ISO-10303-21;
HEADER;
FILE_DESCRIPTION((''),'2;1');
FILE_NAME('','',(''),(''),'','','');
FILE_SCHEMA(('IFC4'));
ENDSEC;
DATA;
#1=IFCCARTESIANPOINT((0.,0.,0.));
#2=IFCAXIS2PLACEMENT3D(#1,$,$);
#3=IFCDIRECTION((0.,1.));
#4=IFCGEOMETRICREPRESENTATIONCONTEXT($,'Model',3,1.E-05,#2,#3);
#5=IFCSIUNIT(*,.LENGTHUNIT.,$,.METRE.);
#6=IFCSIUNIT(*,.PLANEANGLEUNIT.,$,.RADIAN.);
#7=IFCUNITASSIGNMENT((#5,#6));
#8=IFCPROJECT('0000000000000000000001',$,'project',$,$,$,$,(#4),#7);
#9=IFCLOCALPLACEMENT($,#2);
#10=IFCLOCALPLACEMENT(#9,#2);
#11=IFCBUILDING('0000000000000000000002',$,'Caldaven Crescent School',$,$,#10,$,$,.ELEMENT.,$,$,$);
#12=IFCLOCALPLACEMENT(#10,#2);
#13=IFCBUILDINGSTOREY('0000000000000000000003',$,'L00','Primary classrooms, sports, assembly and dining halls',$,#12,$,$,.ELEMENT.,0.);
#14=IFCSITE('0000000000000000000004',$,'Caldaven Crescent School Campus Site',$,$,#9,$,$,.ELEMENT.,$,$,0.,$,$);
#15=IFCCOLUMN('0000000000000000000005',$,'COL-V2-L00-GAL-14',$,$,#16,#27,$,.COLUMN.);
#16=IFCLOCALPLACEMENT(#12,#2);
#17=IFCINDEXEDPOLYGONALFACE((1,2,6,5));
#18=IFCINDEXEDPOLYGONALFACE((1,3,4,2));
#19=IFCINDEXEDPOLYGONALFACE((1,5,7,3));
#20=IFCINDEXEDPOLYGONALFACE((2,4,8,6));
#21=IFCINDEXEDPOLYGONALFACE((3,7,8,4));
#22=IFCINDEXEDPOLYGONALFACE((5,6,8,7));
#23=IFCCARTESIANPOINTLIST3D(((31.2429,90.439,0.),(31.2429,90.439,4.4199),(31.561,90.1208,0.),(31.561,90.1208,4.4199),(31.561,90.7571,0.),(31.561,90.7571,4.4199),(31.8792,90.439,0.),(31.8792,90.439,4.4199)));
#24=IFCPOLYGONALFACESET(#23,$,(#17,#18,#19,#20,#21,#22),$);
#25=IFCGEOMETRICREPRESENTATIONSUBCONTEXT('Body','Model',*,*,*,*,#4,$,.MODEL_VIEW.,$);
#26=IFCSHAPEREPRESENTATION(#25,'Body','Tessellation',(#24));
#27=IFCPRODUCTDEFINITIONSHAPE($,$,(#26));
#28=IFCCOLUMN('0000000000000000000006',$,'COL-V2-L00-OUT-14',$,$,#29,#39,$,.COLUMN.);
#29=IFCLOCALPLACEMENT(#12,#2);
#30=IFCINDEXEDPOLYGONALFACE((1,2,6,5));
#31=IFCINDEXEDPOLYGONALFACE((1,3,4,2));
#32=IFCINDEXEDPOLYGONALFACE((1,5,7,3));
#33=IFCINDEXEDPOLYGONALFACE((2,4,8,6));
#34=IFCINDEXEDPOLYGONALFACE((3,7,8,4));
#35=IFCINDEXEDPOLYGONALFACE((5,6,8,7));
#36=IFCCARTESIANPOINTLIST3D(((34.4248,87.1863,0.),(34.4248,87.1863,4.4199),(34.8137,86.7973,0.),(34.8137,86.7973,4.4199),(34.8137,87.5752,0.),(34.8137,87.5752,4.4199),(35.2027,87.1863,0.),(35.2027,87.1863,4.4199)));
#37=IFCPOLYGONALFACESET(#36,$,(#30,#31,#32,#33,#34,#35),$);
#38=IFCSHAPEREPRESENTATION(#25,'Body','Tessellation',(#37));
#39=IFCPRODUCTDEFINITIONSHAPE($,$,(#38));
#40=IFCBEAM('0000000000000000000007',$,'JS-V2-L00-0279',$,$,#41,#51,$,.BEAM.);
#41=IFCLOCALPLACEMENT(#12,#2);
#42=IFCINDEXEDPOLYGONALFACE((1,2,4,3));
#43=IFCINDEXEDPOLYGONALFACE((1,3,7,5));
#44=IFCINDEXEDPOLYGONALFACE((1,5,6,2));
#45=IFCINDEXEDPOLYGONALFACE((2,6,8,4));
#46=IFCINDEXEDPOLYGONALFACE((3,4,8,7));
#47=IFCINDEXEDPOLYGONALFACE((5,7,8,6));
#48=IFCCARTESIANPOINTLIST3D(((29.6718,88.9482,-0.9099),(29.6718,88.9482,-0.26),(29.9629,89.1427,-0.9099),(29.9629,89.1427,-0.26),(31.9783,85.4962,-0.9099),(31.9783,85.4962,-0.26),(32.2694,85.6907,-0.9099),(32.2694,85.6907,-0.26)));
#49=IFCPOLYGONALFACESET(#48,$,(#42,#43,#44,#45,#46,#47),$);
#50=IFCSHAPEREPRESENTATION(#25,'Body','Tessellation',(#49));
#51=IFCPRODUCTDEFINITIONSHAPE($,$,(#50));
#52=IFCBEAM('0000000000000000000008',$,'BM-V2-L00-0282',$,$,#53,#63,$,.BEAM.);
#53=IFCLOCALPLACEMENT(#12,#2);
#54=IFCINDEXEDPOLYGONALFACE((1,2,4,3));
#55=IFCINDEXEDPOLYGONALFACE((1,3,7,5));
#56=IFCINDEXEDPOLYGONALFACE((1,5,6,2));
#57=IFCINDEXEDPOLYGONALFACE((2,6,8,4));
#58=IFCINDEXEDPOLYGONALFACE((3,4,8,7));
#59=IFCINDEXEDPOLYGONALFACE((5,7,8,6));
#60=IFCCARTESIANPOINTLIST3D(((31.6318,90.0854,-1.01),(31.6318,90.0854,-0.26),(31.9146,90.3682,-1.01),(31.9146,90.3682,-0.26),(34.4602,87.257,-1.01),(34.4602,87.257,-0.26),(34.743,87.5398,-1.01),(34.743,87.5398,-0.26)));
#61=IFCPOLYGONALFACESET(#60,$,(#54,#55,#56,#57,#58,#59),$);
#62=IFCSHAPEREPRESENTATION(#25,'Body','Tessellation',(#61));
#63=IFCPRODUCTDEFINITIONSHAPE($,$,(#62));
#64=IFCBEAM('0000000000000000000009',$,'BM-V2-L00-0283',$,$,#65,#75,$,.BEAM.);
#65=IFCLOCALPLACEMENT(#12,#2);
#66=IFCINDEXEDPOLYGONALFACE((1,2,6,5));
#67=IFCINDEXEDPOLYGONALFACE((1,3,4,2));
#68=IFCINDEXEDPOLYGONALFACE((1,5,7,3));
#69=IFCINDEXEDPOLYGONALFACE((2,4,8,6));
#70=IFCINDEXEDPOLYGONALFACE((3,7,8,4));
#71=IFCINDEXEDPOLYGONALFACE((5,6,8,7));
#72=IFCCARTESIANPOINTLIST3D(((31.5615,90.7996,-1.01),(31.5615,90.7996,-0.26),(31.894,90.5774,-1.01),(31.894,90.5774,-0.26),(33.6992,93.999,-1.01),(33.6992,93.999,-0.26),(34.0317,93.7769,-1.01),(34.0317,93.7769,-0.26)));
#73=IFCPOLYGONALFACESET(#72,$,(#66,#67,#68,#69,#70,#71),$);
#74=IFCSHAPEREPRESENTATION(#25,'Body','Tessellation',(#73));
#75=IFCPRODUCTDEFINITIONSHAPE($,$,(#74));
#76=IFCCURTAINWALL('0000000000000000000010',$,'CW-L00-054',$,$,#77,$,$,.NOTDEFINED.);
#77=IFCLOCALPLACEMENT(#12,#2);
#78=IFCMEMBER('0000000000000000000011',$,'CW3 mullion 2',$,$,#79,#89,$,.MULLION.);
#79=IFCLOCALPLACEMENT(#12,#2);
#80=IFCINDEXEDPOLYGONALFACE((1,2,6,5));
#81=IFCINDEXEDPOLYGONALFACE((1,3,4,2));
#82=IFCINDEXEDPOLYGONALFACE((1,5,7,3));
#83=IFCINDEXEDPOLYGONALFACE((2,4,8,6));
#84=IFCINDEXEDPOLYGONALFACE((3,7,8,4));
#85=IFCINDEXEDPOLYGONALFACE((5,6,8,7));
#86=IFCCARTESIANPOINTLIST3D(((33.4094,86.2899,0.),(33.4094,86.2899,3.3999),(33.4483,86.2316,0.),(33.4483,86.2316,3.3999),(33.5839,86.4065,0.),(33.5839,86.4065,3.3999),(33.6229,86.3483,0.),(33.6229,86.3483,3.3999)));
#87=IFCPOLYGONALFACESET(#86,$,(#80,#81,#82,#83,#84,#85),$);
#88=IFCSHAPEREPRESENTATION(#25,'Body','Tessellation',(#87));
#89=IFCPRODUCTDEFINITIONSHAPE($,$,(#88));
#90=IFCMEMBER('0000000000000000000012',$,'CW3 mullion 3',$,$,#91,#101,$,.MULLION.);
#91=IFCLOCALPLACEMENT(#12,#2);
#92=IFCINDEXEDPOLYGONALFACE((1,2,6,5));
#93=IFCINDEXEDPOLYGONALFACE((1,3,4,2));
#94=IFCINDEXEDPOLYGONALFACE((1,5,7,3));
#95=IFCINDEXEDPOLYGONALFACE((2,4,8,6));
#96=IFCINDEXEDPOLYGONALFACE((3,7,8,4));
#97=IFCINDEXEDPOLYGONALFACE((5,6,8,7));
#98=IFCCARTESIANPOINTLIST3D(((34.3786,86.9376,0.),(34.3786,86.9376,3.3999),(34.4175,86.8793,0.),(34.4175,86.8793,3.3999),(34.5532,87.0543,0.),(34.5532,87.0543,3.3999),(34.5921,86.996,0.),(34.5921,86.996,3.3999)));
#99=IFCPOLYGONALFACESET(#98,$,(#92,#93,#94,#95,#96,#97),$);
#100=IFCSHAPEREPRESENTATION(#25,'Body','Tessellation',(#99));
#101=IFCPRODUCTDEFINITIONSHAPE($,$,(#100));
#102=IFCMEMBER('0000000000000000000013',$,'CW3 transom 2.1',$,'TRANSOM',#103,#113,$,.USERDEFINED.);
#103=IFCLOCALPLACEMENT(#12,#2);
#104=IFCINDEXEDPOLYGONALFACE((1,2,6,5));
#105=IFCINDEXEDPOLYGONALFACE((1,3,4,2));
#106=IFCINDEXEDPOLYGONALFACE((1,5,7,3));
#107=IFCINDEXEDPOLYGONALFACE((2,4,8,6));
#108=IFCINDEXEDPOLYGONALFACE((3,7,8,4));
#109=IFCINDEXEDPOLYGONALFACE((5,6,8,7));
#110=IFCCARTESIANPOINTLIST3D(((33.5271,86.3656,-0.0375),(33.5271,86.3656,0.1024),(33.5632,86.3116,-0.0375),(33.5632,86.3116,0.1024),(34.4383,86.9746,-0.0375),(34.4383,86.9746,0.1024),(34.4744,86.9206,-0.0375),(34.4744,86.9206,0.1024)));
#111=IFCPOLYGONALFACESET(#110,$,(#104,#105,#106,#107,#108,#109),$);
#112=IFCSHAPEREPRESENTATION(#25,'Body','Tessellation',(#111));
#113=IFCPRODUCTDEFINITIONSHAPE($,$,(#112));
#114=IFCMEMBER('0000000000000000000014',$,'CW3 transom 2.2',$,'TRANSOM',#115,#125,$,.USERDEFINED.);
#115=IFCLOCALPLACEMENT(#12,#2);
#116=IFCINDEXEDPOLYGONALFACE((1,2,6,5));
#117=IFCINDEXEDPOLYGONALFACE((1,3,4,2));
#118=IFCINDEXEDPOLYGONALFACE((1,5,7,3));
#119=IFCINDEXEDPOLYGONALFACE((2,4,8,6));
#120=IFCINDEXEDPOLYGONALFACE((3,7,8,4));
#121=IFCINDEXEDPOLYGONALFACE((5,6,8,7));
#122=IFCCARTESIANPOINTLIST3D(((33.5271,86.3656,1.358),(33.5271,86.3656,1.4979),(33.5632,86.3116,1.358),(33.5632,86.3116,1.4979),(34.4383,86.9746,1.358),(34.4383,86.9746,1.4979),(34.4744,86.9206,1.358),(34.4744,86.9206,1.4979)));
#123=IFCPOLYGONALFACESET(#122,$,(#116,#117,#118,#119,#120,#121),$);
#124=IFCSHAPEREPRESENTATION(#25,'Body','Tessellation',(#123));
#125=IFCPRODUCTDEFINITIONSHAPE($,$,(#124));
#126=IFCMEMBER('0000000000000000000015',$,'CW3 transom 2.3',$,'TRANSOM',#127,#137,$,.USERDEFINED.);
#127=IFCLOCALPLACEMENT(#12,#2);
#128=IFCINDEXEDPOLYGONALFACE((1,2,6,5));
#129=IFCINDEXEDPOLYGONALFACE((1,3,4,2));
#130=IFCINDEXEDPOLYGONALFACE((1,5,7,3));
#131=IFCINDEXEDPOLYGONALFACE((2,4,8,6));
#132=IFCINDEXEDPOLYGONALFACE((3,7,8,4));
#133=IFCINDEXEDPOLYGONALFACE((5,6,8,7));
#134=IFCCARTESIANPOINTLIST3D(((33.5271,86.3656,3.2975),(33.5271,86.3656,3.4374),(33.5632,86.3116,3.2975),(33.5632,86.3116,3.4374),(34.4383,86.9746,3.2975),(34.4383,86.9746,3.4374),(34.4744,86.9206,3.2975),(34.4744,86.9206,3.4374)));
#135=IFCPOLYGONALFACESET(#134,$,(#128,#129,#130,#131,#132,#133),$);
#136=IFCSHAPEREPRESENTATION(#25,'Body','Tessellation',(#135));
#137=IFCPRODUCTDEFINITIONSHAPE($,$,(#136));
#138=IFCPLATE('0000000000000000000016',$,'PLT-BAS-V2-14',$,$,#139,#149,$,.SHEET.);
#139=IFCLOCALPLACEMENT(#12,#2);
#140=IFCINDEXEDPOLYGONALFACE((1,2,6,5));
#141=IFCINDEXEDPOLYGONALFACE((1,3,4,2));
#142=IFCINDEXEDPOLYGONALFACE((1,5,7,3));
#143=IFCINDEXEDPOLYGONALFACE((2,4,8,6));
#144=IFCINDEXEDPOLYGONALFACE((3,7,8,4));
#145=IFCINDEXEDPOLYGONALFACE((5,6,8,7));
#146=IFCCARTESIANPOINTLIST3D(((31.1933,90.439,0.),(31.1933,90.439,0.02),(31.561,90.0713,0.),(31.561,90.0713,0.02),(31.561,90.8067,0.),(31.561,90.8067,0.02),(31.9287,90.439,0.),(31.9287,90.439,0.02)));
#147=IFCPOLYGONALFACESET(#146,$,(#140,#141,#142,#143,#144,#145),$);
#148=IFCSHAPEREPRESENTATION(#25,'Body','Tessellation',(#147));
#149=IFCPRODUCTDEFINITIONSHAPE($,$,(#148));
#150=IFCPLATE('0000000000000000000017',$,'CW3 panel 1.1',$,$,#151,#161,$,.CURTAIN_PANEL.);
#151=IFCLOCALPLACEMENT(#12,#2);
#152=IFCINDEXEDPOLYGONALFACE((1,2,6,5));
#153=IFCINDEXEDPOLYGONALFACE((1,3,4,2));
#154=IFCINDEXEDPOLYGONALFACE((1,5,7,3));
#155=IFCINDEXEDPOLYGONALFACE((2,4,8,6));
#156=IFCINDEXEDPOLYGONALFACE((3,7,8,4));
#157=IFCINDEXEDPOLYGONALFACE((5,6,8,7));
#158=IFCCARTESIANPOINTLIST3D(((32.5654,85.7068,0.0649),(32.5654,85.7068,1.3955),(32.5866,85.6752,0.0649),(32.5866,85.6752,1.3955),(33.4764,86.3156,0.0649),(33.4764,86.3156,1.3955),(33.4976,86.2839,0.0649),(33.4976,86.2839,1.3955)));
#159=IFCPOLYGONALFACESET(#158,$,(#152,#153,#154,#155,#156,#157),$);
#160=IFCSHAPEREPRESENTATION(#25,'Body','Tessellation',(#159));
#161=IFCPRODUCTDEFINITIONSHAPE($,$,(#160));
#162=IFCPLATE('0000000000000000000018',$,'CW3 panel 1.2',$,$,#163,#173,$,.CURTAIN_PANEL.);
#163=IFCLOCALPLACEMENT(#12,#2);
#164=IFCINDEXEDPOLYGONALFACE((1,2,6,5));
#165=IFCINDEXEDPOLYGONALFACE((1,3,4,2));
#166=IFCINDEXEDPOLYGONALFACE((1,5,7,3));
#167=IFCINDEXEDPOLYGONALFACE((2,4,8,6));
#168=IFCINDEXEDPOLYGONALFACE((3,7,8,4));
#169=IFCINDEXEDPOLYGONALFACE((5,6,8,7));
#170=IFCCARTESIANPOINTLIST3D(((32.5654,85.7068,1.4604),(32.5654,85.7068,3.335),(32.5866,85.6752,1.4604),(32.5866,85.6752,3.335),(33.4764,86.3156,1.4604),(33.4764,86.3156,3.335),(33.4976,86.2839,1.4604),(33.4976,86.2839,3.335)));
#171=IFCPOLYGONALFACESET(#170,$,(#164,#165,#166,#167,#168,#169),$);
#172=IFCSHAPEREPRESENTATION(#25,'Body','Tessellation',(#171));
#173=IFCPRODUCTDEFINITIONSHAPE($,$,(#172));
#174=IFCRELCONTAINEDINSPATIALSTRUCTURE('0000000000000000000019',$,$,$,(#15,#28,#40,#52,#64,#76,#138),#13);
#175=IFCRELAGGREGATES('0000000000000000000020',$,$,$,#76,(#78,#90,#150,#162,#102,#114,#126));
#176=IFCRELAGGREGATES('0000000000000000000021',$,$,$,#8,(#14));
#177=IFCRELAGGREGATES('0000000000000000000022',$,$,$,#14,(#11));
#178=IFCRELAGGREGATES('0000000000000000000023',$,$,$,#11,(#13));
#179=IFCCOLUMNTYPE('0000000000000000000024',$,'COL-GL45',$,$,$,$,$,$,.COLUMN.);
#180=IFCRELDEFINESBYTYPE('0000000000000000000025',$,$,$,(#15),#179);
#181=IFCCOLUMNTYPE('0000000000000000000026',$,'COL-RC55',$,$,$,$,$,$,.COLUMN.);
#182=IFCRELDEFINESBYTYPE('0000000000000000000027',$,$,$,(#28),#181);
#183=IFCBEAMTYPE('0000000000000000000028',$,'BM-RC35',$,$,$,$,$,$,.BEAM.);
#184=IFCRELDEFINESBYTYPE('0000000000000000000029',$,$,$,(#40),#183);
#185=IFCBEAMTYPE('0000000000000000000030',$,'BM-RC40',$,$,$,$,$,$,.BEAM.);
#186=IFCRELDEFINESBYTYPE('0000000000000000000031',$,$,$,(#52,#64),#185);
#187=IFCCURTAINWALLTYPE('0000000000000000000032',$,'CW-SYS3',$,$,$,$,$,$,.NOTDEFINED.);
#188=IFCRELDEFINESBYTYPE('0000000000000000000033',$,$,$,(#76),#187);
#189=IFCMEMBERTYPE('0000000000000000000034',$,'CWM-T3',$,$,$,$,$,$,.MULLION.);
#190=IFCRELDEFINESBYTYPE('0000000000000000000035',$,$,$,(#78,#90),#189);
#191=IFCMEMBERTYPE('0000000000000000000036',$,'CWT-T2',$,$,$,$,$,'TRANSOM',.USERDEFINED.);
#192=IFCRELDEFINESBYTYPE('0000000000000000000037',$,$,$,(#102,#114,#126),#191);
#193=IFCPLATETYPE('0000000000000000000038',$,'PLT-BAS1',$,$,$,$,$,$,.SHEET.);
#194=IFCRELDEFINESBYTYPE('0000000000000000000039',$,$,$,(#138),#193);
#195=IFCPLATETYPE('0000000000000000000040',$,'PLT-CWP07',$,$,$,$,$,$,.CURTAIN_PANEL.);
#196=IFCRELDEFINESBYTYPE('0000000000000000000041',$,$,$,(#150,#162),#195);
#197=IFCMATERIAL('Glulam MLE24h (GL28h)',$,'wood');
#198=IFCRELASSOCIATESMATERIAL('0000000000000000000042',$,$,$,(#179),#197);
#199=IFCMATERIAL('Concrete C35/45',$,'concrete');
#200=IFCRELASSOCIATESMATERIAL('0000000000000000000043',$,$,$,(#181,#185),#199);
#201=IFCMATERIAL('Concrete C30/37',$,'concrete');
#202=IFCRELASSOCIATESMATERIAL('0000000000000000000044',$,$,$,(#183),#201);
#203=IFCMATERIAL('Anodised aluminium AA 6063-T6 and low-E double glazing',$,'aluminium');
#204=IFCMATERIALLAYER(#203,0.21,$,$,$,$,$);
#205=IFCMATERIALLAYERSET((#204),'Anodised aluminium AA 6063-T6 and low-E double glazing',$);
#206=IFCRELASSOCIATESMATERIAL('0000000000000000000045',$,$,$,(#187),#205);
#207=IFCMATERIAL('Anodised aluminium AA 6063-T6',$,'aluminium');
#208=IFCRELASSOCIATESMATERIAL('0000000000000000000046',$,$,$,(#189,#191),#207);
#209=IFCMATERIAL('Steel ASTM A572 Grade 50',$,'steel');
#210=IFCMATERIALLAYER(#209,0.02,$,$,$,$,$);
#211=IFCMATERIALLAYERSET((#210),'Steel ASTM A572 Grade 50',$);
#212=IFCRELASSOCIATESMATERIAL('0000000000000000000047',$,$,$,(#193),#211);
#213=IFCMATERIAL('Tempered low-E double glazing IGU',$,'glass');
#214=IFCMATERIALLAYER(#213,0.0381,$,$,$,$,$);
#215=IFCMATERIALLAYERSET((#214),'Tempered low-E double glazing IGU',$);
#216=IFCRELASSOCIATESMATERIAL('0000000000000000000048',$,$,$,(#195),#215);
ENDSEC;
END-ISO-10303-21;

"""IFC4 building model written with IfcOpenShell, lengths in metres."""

from ifc_helpers import new_model, si_unit, direction, frame, origin, origin_2d, place, context, subcontext, project, spatial, rectangle, extrude, material, layer, layer_set, material_profile, profile_set, type_object, element, aggregate, save


model = new_model("IFC4")

# Units and contexts
model_context = context("Model", 3, precision=1e-05, world=origin(), true_north=direction((0.0, 1.0)))
body_context = subcontext(model_context, "Body", "Model", "MODEL_VIEW")
ifc_project = project(units=[si_unit("LENGTHUNIT", "METRE"), si_unit("PLANEANGLEUNIT", "RADIAN")], contexts=[model_context])

# Site, building, storey
site_placement = place(None, origin())
site = spatial("IfcSite", under=ifc_project, at=site_placement, Name="Caldaven Crescent School Campus Site", CompositionType="ELEMENT", RefElevation=0.0)
building_placement = place(site_placement, origin())
building = spatial("IfcBuilding", under=site, at=building_placement, Name="Caldaven Crescent School", CompositionType="ELEMENT")
storey_placement = place(building_placement, origin())
storey = spatial("IfcBuildingStorey", under=building, at=storey_placement, Name="L00", Description="Primary classrooms, sports, assembly and dining halls", CompositionType="ELEMENT", Elevation=0.0)

# Columns
ifc_material_1 = material(Name="Glulam MLE24h (GL28h)", Category="wood")
ifc_material_profile_1 = material_profile(ifc_material_1, rectangle(XDim=0.45, YDim=0.45, at=origin_2d()), Name="MLE 450x450")
ifc_profile_set_1 = profile_set([ifc_material_profile_1], Name="Glulam MLE24h (GL28h)")
column_type_1 = type_object("IfcColumnType", Name="COL-GL45", PredefinedType="COLUMN", material=ifc_profile_set_1)
column_1_placement = place(storey_placement, frame((31.561, 90.439, 0.0), z_axis=(0.0, 0.0, 1.0), x_axis=(0.707107, -0.707107, 0.0)))
element("IfcColumn", 1, at=column_1_placement, inside=storey, type_object=column_type_1, Name="COL-V2-L00-GAL-14", PredefinedType="COLUMN", context=body_context, shape_type="SweptSolid", body=[
    extrude(rectangle(XDim=0.45, YDim=0.45, at=origin_2d()), origin(), (0.0, 0.0, 1.0), 4.4199),
])
ifc_material_2 = material(Name="Concrete C35/45", Category="concrete")
ifc_material_profile_2 = material_profile(ifc_material_2, rectangle(XDim=0.55, YDim=0.55, at=origin_2d()), Name="RC 550x550")
ifc_profile_set_2 = profile_set([ifc_material_profile_2], Name="Concrete C35/45")
column_type_2 = type_object("IfcColumnType", Name="COL-RC55", PredefinedType="COLUMN", material=ifc_profile_set_2)
column_2_placement = place(storey_placement, frame((34.8137, 87.1863, 0.0), z_axis=(0.0, 0.0, 1.0), x_axis=(0.707107, -0.707107, 0.0)))
element("IfcColumn", 2, at=column_2_placement, inside=storey, type_object=column_type_2, Name="COL-V2-L00-OUT-14", PredefinedType="COLUMN", context=body_context, shape_type="SweptSolid", body=[
    extrude(rectangle(XDim=0.55, YDim=0.55, at=origin_2d()), origin(), (0.0, 0.0, 1.0), 4.4199),
])

# Beams
ifc_material_3 = material(Name="Concrete C30/37", Category="concrete")
ifc_material_profile_3 = material_profile(ifc_material_3, rectangle(XDim=0.3501, YDim=0.6499, at=origin_2d()), Name="RC 350x650")
ifc_profile_set_3 = profile_set([ifc_material_profile_3], Name="Concrete C30/37")
beam_type_1 = type_object("IfcBeamType", Name="BM-RC35", PredefinedType="BEAM", material=ifc_profile_set_3)
beam_1_placement = place(storey_placement, frame((29.8174, 89.0454, -0.585), z_axis=(0.555555, -0.83148, 0.0), x_axis=(0.83148, 0.555555, 0.0)))
element("IfcBeam", 3, at=beam_1_placement, inside=storey, type_object=beam_type_1, Name="JS-V2-L00-0279", PredefinedType="BEAM", context=body_context, shape_type="SweptSolid", body=[
    extrude(rectangle(XDim=0.3501, YDim=0.6499, at=origin_2d()), origin(), (0.0, 0.0, 1.0), 4.1516),
])
ifc_material_profile_4 = material_profile(ifc_material_2, rectangle(XDim=0.3999, YDim=0.75, at=origin_2d()), Name="RC 400x750")
ifc_profile_set_4 = profile_set([ifc_material_profile_4], Name="Concrete C35/45")
beam_type_2 = type_object("IfcBeamType", Name="BM-RC40", PredefinedType="BEAM", material=ifc_profile_set_4)
beam_2_placement = place(storey_placement, frame((31.7732, 90.2268, -0.635), z_axis=(0.707107, -0.707107, 0.0), x_axis=(0.707107, 0.707107, 0.0)))
element("IfcBeam", 4, at=beam_2_placement, inside=storey, type_object=beam_type_2, Name="BM-V2-L00-0282", PredefinedType="BEAM", context=body_context, shape_type="SweptSolid", body=[
    extrude(rectangle(XDim=0.3999, YDim=0.75, at=origin_2d()), origin(), (0.0, 0.0, 1.0), 4.0),
])
beam_3_placement = place(storey_placement, frame((31.7278, 90.6885, -0.635), z_axis=(0.555549, 0.831484, 0.0), x_axis=(-0.831484, 0.555549, 0.0)))
element("IfcBeam", 5, at=beam_3_placement, inside=storey, type_object=beam_type_2, Name="BM-V2-L00-0283", PredefinedType="BEAM", context=body_context, shape_type="SweptSolid", body=[
    extrude(rectangle(XDim=0.3999, YDim=0.75, at=origin_2d()), origin(), (0.0, 0.0, 1.0), 3.8479),
])

# Curtain wall, members
ifc_material_4 = material(Name="Anodised aluminium AA 6063-T6 and low-E double glazing", Category="aluminium")
ifc_layer_1 = layer(ifc_material_4, 0.21)
ifc_layer_set_1 = layer_set([ifc_layer_1], Name="Anodised aluminium AA 6063-T6 and low-E double glazing")
curtain_wall_type = type_object("IfcCurtainWallType", Name="CW-SYS3", PredefinedType="NOTDEFINED", material=ifc_layer_set_1)
curtain_wall_placement = place(storey_placement, origin())
curtain_wall = element("IfcCurtainWall", 6, at=curtain_wall_placement, inside=storey, type_object=curtain_wall_type, Name="CW-L00-054", PredefinedType="NOTDEFINED")
ifc_material_5 = material(Name="Anodised aluminium AA 6063-T6", Category="aluminium")
ifc_material_profile_5 = material_profile(ifc_material_5, rectangle(XDim=0.0701, YDim=0.21, at=origin_2d()), Name="CWM 70x210")
ifc_profile_set_5 = profile_set([ifc_material_profile_5], Name="Anodised aluminium AA 6063-T6")
member_type_1 = type_object("IfcMemberType", Name="CWM-T3", PredefinedType="MULLION", material=ifc_profile_set_5)
member_1_placement = place(storey_placement, frame((33.5161, 86.3191, 0.0), z_axis=(0.0, 0.0, 1.0), x_axis=(-0.555572, 0.831468, 0.0)))
member_1 = element("IfcMember", 7, at=member_1_placement, type_object=member_type_1, Name="CW3 mullion 2", PredefinedType="MULLION", context=body_context, shape_type="SweptSolid", body=[
    extrude(rectangle(XDim=0.0701, YDim=0.21, at=origin_2d()), origin(), (0.0, 0.0, 1.0), 3.3999),
])
member_2_placement = place(storey_placement, frame((34.4854, 86.9668, 0.0), z_axis=(0.0, 0.0, 1.0), x_axis=(-0.555572, 0.831468, 0.0)))
member_2 = element("IfcMember", 8, at=member_2_placement, type_object=member_type_1, Name="CW3 mullion 3", PredefinedType="MULLION", context=body_context, shape_type="SweptSolid", body=[
    extrude(rectangle(XDim=0.0701, YDim=0.21, at=origin_2d()), origin(), (0.0, 0.0, 1.0), 3.3999),
])
ifc_material_profile_6 = material_profile(ifc_material_5, rectangle(XDim=0.0649, YDim=0.1399, at=origin_2d()), Name="CWT 65x140")
ifc_profile_set_6 = profile_set([ifc_material_profile_6], Name="Anodised aluminium AA 6063-T6")
member_type_2 = type_object("IfcMemberType", Name="CWT-T2", ElementType="TRANSOM", PredefinedType="USERDEFINED", material=ifc_profile_set_6)
member_3_placement = place(storey_placement, frame((33.5452, 86.3386, 0.0325), z_axis=(0.831433, 0.555625, 0.0), x_axis=(-0.555625, 0.831433, 0.0)))
member_3 = element("IfcMember", 9, at=member_3_placement, type_object=member_type_2, Name="CW3 transom 2.1", ObjectType="TRANSOM", PredefinedType="USERDEFINED", context=body_context, shape_type="SweptSolid", body=[
    extrude(rectangle(XDim=0.0649, YDim=0.1399, at=origin_2d()), origin(), (0.0, 0.0, 1.0), 1.0959),
])
member_4_placement = place(storey_placement, frame((33.5452, 86.3386, 1.428), z_axis=(0.831433, 0.555625, 0.0), x_axis=(-0.555625, 0.831433, 0.0)))
member_4 = element("IfcMember", 10, at=member_4_placement, type_object=member_type_2, Name="CW3 transom 2.2", ObjectType="TRANSOM", PredefinedType="USERDEFINED", context=body_context, shape_type="SweptSolid", body=[
    extrude(rectangle(XDim=0.0649, YDim=0.1399, at=origin_2d()), origin(), (0.0, 0.0, 1.0), 1.0959),
])
member_5_placement = place(storey_placement, frame((33.5452, 86.3386, 3.3674), z_axis=(0.831433, 0.555625, 0.0), x_axis=(-0.555625, 0.831433, 0.0)))
member_5 = element("IfcMember", 11, at=member_5_placement, type_object=member_type_2, Name="CW3 transom 2.3", ObjectType="TRANSOM", PredefinedType="USERDEFINED", context=body_context, shape_type="SweptSolid", body=[
    extrude(rectangle(XDim=0.0649, YDim=0.1399, at=origin_2d()), origin(), (0.0, 0.0, 1.0), 1.0959),
])

# Plates
ifc_material_6 = material(Name="Steel ASTM A572 Grade 50", Category="steel")
ifc_layer_2 = layer(ifc_material_6, 0.02)
ifc_layer_set_2 = layer_set([ifc_layer_2], Name="Steel ASTM A572 Grade 50")
plate_type_1 = type_object("IfcPlateType", Name="PLT-BAS1", PredefinedType="SHEET", material=ifc_layer_set_2)
plate_1_placement = place(storey_placement, frame((31.561, 90.439, 0.0), z_axis=(0.0, 0.0, 1.0), x_axis=(0.707107, -0.707107, 0.0)))
element("IfcPlate", 12, at=plate_1_placement, inside=storey, type_object=plate_type_1, Name="PLT-BAS-V2-14", PredefinedType="SHEET", context=body_context, shape_type="SweptSolid", body=[
    extrude(rectangle(XDim=0.52, YDim=0.52, at=origin_2d()), origin(), (0.0, 0.0, 1.0), 0.02),
])
ifc_material_7 = material(Name="Tempered low-E double glazing IGU", Category="glass")
ifc_layer_3 = layer(ifc_material_7, 0.0381)
ifc_layer_set_3 = layer_set([ifc_layer_3], Name="Tempered low-E double glazing IGU")
plate_type_2 = type_object("IfcPlateType", Name="PLT-CWP07", PredefinedType="CURTAIN_PANEL", material=ifc_layer_set_3)
plate_2_placement = place(storey_placement, frame((33.0315, 85.9954, 0.0649), z_axis=(0.0, 0.0, 1.0), x_axis=(0.831468, 0.555572, 0.0)))
plate_2 = element("IfcPlate", 13, at=plate_2_placement, type_object=plate_type_2, Name="CW3 panel 1.1", PredefinedType="CURTAIN_PANEL", context=body_context, shape_type="SweptSolid", body=[
    extrude(rectangle(XDim=1.0957, YDim=0.0381, at=origin_2d()), origin(), (0.0, 0.0, 1.0), 1.3306),
])
plate_3_placement = place(storey_placement, frame((33.0315, 85.9954, 1.4604), z_axis=(0.0, 0.0, 1.0), x_axis=(0.831468, 0.555572, 0.0)))
plate_3 = element("IfcPlate", 14, at=plate_3_placement, type_object=plate_type_2, Name="CW3 panel 1.2", PredefinedType="CURTAIN_PANEL", context=body_context, shape_type="SweptSolid", body=[
    extrude(rectangle(XDim=1.0957, YDim=0.0381, at=origin_2d()), origin(), (0.0, 0.0, 1.0), 1.8745),
])
aggregate(curtain_wall, [member_1, member_2, plate_2, plate_3, member_3, member_4, member_5])

save(model, "model.ifc")
